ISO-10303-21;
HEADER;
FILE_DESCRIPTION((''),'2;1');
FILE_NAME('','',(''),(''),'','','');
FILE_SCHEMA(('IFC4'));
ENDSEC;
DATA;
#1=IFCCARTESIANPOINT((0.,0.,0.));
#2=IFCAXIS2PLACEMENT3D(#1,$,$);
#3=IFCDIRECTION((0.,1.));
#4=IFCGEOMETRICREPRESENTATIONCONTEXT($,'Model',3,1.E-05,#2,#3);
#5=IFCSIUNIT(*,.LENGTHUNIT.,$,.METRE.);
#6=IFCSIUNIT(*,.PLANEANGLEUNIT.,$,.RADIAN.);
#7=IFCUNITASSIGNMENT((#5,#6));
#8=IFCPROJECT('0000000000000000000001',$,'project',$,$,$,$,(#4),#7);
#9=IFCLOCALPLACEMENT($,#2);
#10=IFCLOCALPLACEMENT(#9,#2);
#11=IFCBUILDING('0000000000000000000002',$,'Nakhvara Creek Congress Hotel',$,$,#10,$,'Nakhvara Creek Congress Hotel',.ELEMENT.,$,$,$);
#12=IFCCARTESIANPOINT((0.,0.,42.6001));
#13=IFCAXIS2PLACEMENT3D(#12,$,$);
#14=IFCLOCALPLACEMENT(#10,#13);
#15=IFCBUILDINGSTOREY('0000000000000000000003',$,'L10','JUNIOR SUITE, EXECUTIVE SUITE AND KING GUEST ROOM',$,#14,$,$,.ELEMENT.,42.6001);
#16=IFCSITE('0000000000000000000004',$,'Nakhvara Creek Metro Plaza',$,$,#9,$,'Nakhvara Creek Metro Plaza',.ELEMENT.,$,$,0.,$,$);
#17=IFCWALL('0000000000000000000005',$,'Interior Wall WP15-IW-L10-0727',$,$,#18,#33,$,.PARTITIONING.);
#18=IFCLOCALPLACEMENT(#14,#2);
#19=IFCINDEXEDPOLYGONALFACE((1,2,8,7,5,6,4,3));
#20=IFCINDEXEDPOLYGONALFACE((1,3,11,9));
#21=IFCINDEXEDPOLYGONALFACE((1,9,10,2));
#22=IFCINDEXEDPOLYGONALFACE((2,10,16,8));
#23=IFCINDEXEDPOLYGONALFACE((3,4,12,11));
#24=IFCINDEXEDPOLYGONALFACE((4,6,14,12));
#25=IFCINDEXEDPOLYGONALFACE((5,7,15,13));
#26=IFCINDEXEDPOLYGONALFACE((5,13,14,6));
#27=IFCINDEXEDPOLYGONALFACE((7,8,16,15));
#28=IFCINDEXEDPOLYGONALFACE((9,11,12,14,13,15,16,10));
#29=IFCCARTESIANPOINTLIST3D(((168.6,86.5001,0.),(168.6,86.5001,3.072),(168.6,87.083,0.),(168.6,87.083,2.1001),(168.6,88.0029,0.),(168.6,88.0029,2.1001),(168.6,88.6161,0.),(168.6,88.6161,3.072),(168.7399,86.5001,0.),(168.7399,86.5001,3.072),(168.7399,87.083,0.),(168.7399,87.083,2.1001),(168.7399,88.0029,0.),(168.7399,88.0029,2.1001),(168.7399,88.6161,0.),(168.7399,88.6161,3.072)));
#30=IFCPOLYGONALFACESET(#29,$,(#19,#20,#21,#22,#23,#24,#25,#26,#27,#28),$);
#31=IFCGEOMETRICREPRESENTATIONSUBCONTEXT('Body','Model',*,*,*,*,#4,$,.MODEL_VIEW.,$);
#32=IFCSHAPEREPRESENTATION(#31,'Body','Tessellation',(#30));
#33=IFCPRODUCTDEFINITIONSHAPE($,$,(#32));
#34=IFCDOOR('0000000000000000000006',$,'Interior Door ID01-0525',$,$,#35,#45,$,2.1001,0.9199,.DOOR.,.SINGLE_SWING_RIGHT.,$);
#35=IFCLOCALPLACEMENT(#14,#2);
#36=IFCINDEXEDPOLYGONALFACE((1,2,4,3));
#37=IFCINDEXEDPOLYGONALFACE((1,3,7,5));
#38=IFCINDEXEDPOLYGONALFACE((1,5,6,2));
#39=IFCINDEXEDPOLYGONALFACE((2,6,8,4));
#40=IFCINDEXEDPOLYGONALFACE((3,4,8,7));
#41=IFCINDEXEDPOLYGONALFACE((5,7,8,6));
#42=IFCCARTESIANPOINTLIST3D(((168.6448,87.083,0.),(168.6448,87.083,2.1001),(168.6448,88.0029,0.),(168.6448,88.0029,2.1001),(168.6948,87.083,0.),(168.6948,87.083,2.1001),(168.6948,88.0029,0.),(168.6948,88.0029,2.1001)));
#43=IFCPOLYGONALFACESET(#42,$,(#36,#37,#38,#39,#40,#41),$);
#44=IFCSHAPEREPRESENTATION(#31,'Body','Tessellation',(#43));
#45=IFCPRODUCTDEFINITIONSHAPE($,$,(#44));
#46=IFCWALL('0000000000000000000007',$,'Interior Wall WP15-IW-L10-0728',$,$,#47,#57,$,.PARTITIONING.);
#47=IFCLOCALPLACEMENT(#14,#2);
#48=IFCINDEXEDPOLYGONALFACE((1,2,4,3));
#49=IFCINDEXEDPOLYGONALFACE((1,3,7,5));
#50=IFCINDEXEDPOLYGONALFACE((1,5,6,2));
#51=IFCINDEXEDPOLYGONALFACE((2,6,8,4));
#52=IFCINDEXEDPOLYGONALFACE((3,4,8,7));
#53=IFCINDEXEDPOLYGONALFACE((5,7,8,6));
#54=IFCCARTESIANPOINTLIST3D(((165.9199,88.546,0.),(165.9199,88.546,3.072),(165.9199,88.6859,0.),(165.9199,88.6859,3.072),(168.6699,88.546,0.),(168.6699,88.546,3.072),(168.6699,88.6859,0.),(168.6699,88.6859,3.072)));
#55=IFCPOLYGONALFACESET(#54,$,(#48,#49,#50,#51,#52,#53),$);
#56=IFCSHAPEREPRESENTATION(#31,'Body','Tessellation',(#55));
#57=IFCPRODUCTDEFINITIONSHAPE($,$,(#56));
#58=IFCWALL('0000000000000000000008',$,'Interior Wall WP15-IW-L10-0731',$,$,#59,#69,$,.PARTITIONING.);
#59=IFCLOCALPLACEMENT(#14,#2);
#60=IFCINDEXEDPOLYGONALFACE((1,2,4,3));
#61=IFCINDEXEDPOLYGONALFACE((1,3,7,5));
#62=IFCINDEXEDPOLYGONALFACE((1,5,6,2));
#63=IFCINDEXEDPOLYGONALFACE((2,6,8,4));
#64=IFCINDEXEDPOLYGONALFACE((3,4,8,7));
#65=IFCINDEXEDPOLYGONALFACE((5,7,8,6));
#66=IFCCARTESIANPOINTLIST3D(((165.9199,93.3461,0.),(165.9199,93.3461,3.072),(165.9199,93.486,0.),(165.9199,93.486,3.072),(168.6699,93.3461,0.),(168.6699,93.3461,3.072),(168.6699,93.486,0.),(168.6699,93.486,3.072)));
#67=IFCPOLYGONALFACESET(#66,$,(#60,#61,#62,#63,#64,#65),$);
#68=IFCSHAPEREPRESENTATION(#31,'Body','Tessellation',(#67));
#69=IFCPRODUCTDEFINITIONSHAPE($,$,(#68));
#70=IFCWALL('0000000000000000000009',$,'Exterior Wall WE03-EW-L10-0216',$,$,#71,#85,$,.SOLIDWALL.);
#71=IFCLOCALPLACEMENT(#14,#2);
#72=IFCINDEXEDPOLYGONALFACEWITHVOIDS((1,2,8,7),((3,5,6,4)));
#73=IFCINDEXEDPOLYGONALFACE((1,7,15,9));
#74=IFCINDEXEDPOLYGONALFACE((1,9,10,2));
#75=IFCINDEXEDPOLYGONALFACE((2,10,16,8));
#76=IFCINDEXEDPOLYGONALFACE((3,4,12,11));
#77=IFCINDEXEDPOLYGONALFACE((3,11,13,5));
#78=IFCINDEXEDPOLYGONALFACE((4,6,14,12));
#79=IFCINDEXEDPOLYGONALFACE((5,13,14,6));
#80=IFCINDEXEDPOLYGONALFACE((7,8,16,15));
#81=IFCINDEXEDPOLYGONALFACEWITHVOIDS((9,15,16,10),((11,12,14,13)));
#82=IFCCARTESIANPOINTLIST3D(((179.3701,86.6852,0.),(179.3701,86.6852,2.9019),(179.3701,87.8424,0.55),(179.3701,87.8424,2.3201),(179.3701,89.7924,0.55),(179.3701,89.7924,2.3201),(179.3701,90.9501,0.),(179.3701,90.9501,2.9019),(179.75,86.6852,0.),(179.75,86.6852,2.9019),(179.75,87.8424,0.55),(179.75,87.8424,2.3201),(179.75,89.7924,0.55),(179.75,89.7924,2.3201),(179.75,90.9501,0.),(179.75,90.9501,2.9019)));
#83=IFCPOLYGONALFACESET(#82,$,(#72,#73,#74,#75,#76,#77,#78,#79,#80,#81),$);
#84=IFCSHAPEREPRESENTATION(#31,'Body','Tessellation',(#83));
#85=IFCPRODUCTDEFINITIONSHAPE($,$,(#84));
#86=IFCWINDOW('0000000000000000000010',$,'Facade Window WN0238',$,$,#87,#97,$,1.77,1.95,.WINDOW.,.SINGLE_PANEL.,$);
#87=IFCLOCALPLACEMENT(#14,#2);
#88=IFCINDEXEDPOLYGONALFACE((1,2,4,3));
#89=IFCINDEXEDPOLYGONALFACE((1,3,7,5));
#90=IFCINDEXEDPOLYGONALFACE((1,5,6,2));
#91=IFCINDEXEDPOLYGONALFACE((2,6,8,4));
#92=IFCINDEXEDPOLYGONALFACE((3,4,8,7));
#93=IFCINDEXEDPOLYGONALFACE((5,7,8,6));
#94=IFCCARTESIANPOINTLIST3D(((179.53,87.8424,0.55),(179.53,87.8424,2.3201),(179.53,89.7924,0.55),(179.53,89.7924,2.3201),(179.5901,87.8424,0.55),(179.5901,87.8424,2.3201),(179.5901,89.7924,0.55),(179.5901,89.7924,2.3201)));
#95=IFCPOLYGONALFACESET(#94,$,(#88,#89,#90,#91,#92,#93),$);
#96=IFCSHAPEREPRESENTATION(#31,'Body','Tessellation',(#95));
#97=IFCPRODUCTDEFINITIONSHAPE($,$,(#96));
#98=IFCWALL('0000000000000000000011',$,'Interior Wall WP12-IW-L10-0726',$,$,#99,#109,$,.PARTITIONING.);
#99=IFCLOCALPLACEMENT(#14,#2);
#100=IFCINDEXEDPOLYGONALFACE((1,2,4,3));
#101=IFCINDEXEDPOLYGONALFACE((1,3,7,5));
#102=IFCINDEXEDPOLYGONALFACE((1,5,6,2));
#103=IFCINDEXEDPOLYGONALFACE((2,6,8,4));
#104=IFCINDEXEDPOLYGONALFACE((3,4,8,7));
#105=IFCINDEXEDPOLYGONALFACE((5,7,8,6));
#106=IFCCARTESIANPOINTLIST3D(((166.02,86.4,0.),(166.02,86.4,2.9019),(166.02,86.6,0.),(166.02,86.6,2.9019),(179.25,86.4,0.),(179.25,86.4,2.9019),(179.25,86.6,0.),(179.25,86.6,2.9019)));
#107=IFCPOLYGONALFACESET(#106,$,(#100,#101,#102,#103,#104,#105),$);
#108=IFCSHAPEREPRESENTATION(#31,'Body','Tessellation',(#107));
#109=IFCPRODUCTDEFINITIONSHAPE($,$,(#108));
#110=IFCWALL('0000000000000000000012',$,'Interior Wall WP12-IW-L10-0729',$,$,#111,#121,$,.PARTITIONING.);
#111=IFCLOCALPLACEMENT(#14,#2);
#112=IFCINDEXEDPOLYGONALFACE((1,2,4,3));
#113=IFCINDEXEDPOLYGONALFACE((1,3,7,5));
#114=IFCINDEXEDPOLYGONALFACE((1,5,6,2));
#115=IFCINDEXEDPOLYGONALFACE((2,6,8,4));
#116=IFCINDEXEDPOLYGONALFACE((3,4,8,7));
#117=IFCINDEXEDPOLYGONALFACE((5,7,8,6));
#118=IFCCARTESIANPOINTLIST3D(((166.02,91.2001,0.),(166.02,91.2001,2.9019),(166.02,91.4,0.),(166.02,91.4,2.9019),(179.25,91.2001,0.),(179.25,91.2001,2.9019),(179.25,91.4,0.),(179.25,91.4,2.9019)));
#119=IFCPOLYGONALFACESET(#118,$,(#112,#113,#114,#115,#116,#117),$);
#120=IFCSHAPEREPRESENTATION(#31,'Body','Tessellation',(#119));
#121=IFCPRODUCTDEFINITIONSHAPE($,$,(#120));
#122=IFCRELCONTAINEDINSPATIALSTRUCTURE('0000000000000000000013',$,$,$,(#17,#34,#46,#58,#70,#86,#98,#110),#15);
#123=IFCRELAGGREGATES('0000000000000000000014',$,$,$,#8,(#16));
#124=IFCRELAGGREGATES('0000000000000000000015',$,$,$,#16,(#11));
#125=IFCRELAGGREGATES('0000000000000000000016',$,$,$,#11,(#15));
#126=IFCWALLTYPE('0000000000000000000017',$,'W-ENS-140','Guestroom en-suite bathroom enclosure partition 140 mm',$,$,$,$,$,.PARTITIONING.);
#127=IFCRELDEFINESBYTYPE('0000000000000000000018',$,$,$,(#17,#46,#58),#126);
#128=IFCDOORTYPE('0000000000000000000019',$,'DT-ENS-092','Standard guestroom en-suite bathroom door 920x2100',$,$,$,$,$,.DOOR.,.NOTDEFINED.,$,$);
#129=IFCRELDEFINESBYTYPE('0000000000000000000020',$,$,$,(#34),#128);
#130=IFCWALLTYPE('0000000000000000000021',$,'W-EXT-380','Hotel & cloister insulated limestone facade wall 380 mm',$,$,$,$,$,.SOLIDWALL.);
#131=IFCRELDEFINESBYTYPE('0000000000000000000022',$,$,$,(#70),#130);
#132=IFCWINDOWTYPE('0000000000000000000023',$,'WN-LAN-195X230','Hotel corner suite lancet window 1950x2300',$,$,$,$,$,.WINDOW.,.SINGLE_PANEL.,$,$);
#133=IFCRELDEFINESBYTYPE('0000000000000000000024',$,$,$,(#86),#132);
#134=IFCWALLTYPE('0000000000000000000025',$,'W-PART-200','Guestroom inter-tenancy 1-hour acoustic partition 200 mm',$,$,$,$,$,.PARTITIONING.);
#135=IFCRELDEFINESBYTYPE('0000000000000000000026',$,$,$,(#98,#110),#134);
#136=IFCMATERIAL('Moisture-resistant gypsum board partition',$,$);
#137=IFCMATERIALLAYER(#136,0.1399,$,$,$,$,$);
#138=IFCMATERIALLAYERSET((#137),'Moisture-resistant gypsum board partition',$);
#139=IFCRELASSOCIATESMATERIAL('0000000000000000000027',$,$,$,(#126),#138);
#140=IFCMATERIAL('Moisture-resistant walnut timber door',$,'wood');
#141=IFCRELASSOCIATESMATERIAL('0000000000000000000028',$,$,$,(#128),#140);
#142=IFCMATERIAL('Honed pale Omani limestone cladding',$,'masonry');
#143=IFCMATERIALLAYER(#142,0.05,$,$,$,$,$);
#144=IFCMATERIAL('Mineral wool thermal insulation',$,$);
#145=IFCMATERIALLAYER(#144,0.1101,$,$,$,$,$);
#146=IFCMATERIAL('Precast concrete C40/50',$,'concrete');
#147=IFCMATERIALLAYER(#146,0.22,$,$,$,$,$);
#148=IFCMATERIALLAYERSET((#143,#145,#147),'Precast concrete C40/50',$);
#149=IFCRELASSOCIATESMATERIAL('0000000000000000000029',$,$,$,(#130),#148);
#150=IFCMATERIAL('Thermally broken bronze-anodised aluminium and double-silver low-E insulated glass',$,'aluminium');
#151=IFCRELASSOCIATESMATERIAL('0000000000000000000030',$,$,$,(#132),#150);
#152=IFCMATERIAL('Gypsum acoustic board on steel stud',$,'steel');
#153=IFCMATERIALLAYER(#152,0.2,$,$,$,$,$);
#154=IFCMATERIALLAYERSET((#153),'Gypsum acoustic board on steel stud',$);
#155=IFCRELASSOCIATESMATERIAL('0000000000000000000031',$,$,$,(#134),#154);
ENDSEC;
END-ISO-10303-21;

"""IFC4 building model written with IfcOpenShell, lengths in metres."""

from ifc_helpers import new_model, si_unit, direction, frame, frame_2d, origin, place, context, subcontext, project, spatial, rectangle, extrude, material, layer, layer_set, type_object, element, fill, save


model = new_model("IFC4")

# Units and contexts
model_context = context("Model", 3, precision=1e-05, world=origin(), true_north=direction((0.0, 1.0)))
body_context = subcontext(model_context, "Body", "Model", "MODEL_VIEW")
ifc_project = project(units=[si_unit("LENGTHUNIT", "METRE"), si_unit("PLANEANGLEUNIT", "RADIAN")], contexts=[model_context])

# Site, building, storey
site_placement = place(None, origin())
site = spatial("IfcSite", under=ifc_project, at=site_placement, Name="Nakhvara Creek Metro Plaza", LongName="Nakhvara Creek Metro Plaza", CompositionType="ELEMENT", RefElevation=0.0)
building_placement = place(site_placement, origin())
building = spatial("IfcBuilding", under=site, at=building_placement, Name="Nakhvara Creek Congress Hotel", LongName="Nakhvara Creek Congress Hotel", CompositionType="ELEMENT")
storey_placement = place(building_placement, frame((0.0, 0.0, 42.6001)))
storey = spatial("IfcBuildingStorey", under=building, at=storey_placement, Name="L10", Description="JUNIOR SUITE, EXECUTIVE SUITE AND KING GUEST ROOM", CompositionType="ELEMENT", Elevation=42.6001)

# Wall, opening, door
ifc_material_1 = material(Name="Moisture-resistant gypsum board partition")
ifc_layer_1 = layer(ifc_material_1, 0.1399)
ifc_layer_set_1 = layer_set([ifc_layer_1], Name="Moisture-resistant gypsum board partition")
wall_type_1 = type_object("IfcWallType", Name="W-ENS-140", Description="Guestroom en-suite bathroom enclosure partition 140 mm", PredefinedType="PARTITIONING", material=ifc_layer_set_1)
wall_1_placement = place(storey_placement, frame((168.6699, 86.5, 0.0), z_axis=(0.0, 0.0, 1.0), x_axis=(0.0, 1.0, 0.0)))
wall_1 = element("IfcWall", 1, at=wall_1_placement, inside=storey, type_object=wall_type_1, Name="Interior Wall WP15-IW-L10-0727", PredefinedType="PARTITIONING", context=body_context, shape_type="SweptSolid", body=[
    extrude(rectangle(XDim=2.116, YDim=0.1399, at=frame_2d((1.0581, 0.0))), origin(), (0.0, 0.0, 1.0), 3.072),
])
opening_1_placement = place(wall_1_placement, frame((0.583, 0.0, 0.0)))
opening_1 = element("IfcOpeningElement", 2, at=opening_1_placement, cuts=wall_1, PredefinedType="OPENING", context=body_context, shape_type="SweptSolid", body=[
    extrude(rectangle(XDim=0.9199, YDim=2.1001, at=frame_2d((0.46, 1.05))), frame((0.0, 0.082, 0.0), z_axis=(0.0, -1.0, 0.0), x_axis=(1.0, 0.0, 0.0)), (0.0, 0.0, 1.0), 0.1638),
])
ifc_material_2 = material(Name="Moisture-resistant walnut timber door", Category="wood")
door_type_1 = type_object("IfcDoorType", Name="DT-ENS-092", Description="Standard guestroom en-suite bathroom door 920x2100", OperationType="NOTDEFINED", PredefinedType="DOOR", material=ifc_material_2)
door_1_placement = place(opening_1_placement, frame((0.9199, 0.0, 0.0), z_axis=(0.0, 0.0, 1.0), x_axis=(-1.0, 0.0, 0.0)))
door_1 = element("IfcDoor", 3, at=door_1_placement, inside=storey, type_object=door_type_1, Name="Interior Door ID01-0525", OperationType="SINGLE_SWING_RIGHT", OverallHeight=2.1001, OverallWidth=0.9199, PredefinedType="DOOR", context=body_context, shape_type="SweptSolid", body=[
    extrude(rectangle(XDim=0.9199, YDim=2.1001, at=frame_2d((0.46, 1.05))), frame((0.0, 0.0249, 0.0), z_axis=(0.0, -1.0, 0.0), x_axis=(1.0, 0.0, 0.0)), (0.0, 0.0, 1.0), 0.05),
])
fill(opening_1, door_1)

# Wall
wall_2_placement = place(storey_placement, frame((165.9199, 88.616, 0.0), z_axis=(0.0, 0.0, 1.0), x_axis=(1.0, 0.0, 0.0)))
element("IfcWall", 4, at=wall_2_placement, inside=storey, type_object=wall_type_1, Name="Interior Wall WP15-IW-L10-0728", PredefinedType="PARTITIONING", context=body_context, shape_type="SweptSolid", body=[
    extrude(rectangle(XDim=2.75, YDim=0.1399, at=frame_2d((1.375, 0.0))), origin(), (0.0, 0.0, 1.0), 3.072),
])

# Wall
wall_3_placement = place(storey_placement, frame((165.9199, 93.416, 0.0), z_axis=(0.0, 0.0, 1.0), x_axis=(1.0, 0.0, 0.0)))
element("IfcWall", 5, at=wall_3_placement, inside=storey, type_object=wall_type_1, Name="Interior Wall WP15-IW-L10-0731", PredefinedType="PARTITIONING", context=body_context, shape_type="SweptSolid", body=[
    extrude(rectangle(XDim=2.75, YDim=0.1399, at=frame_2d((1.375, 0.0))), origin(), (0.0, 0.0, 1.0), 3.072),
])

# Wall, opening, window
ifc_material_3 = material(Name="Honed pale Omani limestone cladding", Category="masonry")
ifc_layer_2 = layer(ifc_material_3, 0.05)
ifc_material_4 = material(Name="Mineral wool thermal insulation")
ifc_layer_3 = layer(ifc_material_4, 0.1101)
ifc_material_5 = material(Name="Precast concrete C40/50", Category="concrete")
ifc_layer_4 = layer(ifc_material_5, 0.22)
ifc_layer_set_2 = layer_set([ifc_layer_2, ifc_layer_3, ifc_layer_4], Name="Precast concrete C40/50")
wall_type_2 = type_object("IfcWallType", Name="W-EXT-380", Description="Hotel & cloister insulated limestone facade wall 380 mm", PredefinedType="SOLIDWALL", material=ifc_layer_set_2)
wall_4_placement = place(storey_placement, frame((179.5601, 90.95, 0.0), z_axis=(0.0, 0.0, 1.0), x_axis=(0.0, -1.0, 0.0)))
wall_4 = element("IfcWall", 6, at=wall_4_placement, inside=storey, type_object=wall_type_2, Name="Exterior Wall WE03-EW-L10-0216", PredefinedType="SOLIDWALL", context=body_context, shape_type="SweptSolid", body=[
    extrude(rectangle(XDim=4.2649, YDim=0.3799, at=frame_2d((2.1323, 0.0))), origin(), (0.0, 0.0, 1.0), 2.9019),
])
opening_2_placement = place(wall_4_placement, frame((1.1575, 0.0, 0.55)))
opening_2 = element("IfcOpeningElement", 7, at=opening_2_placement, cuts=wall_4, PredefinedType="OPENING", context=body_context, shape_type="SweptSolid", body=[
    extrude(rectangle(XDim=1.95, YDim=1.77, at=frame_2d((0.9751, 0.885))), frame((0.0, 0.2019, 0.0), z_axis=(0.0, -1.0, 0.0), x_axis=(1.0, 0.0, 0.0)), (0.0, 0.0, 1.0), 0.4038),
])
ifc_material_6 = material(Name="Thermally broken bronze-anodised aluminium and double-silver low-E insulated glass", Category="aluminium")
window_type = type_object("IfcWindowType", Name="WN-LAN-195X230", Description="Hotel corner suite lancet window 1950x2300", PartitioningType="SINGLE_PANEL", PredefinedType="WINDOW", material=ifc_material_6)
window_placement = place(opening_2_placement, origin())
window = element("IfcWindow", 8, at=window_placement, inside=storey, type_object=window_type, Name="Facade Window WN0238", OverallHeight=1.77, OverallWidth=1.95, PartitioningType="SINGLE_PANEL", PredefinedType="WINDOW", context=body_context, shape_type="SweptSolid", body=[
    extrude(rectangle(XDim=1.95, YDim=1.77, at=frame_2d((0.9751, 0.885))), frame((0.0, 0.03, 0.0), z_axis=(0.0, -1.0, 0.0), x_axis=(1.0, 0.0, 0.0)), (0.0, 0.0, 1.0), 0.0601),
])
fill(opening_2, window)

# Walls
ifc_material_7 = material(Name="Gypsum acoustic board on steel stud", Category="steel")
ifc_layer_5 = layer(ifc_material_7, 0.2)
ifc_layer_set_3 = layer_set([ifc_layer_5], Name="Gypsum acoustic board on steel stud")
wall_type_3 = type_object("IfcWallType", Name="W-PART-200", Description="Guestroom inter-tenancy 1-hour acoustic partition 200 mm", PredefinedType="PARTITIONING", material=ifc_layer_set_3)
for number, where, z_axis, x_axis, name in (
    (9, (166.02, 86.5, 0.0), (0.0, 0.0, 1.0), (1.0, 0.0, 0.0), "Interior Wall WP12-IW-L10-0726"),
    (10, (166.02, 91.3, 0.0), (0.0, 0.0, 1.0), (1.0, 0.0, 0.0), "Interior Wall WP12-IW-L10-0729"),
):
    element("IfcWall", number, at=place(storey_placement, frame(where, z_axis=z_axis, x_axis=x_axis)), inside=storey, type_object=wall_type_3, Name=name, PredefinedType="PARTITIONING", context=body_context, shape_type="SweptSolid", body=[
        extrude(rectangle(XDim=13.23, YDim=0.2, at=frame_2d((6.615, 0.0))), origin(), (0.0, 0.0, 1.0), 2.9019),
    ])

save(model, "model.ifc")
